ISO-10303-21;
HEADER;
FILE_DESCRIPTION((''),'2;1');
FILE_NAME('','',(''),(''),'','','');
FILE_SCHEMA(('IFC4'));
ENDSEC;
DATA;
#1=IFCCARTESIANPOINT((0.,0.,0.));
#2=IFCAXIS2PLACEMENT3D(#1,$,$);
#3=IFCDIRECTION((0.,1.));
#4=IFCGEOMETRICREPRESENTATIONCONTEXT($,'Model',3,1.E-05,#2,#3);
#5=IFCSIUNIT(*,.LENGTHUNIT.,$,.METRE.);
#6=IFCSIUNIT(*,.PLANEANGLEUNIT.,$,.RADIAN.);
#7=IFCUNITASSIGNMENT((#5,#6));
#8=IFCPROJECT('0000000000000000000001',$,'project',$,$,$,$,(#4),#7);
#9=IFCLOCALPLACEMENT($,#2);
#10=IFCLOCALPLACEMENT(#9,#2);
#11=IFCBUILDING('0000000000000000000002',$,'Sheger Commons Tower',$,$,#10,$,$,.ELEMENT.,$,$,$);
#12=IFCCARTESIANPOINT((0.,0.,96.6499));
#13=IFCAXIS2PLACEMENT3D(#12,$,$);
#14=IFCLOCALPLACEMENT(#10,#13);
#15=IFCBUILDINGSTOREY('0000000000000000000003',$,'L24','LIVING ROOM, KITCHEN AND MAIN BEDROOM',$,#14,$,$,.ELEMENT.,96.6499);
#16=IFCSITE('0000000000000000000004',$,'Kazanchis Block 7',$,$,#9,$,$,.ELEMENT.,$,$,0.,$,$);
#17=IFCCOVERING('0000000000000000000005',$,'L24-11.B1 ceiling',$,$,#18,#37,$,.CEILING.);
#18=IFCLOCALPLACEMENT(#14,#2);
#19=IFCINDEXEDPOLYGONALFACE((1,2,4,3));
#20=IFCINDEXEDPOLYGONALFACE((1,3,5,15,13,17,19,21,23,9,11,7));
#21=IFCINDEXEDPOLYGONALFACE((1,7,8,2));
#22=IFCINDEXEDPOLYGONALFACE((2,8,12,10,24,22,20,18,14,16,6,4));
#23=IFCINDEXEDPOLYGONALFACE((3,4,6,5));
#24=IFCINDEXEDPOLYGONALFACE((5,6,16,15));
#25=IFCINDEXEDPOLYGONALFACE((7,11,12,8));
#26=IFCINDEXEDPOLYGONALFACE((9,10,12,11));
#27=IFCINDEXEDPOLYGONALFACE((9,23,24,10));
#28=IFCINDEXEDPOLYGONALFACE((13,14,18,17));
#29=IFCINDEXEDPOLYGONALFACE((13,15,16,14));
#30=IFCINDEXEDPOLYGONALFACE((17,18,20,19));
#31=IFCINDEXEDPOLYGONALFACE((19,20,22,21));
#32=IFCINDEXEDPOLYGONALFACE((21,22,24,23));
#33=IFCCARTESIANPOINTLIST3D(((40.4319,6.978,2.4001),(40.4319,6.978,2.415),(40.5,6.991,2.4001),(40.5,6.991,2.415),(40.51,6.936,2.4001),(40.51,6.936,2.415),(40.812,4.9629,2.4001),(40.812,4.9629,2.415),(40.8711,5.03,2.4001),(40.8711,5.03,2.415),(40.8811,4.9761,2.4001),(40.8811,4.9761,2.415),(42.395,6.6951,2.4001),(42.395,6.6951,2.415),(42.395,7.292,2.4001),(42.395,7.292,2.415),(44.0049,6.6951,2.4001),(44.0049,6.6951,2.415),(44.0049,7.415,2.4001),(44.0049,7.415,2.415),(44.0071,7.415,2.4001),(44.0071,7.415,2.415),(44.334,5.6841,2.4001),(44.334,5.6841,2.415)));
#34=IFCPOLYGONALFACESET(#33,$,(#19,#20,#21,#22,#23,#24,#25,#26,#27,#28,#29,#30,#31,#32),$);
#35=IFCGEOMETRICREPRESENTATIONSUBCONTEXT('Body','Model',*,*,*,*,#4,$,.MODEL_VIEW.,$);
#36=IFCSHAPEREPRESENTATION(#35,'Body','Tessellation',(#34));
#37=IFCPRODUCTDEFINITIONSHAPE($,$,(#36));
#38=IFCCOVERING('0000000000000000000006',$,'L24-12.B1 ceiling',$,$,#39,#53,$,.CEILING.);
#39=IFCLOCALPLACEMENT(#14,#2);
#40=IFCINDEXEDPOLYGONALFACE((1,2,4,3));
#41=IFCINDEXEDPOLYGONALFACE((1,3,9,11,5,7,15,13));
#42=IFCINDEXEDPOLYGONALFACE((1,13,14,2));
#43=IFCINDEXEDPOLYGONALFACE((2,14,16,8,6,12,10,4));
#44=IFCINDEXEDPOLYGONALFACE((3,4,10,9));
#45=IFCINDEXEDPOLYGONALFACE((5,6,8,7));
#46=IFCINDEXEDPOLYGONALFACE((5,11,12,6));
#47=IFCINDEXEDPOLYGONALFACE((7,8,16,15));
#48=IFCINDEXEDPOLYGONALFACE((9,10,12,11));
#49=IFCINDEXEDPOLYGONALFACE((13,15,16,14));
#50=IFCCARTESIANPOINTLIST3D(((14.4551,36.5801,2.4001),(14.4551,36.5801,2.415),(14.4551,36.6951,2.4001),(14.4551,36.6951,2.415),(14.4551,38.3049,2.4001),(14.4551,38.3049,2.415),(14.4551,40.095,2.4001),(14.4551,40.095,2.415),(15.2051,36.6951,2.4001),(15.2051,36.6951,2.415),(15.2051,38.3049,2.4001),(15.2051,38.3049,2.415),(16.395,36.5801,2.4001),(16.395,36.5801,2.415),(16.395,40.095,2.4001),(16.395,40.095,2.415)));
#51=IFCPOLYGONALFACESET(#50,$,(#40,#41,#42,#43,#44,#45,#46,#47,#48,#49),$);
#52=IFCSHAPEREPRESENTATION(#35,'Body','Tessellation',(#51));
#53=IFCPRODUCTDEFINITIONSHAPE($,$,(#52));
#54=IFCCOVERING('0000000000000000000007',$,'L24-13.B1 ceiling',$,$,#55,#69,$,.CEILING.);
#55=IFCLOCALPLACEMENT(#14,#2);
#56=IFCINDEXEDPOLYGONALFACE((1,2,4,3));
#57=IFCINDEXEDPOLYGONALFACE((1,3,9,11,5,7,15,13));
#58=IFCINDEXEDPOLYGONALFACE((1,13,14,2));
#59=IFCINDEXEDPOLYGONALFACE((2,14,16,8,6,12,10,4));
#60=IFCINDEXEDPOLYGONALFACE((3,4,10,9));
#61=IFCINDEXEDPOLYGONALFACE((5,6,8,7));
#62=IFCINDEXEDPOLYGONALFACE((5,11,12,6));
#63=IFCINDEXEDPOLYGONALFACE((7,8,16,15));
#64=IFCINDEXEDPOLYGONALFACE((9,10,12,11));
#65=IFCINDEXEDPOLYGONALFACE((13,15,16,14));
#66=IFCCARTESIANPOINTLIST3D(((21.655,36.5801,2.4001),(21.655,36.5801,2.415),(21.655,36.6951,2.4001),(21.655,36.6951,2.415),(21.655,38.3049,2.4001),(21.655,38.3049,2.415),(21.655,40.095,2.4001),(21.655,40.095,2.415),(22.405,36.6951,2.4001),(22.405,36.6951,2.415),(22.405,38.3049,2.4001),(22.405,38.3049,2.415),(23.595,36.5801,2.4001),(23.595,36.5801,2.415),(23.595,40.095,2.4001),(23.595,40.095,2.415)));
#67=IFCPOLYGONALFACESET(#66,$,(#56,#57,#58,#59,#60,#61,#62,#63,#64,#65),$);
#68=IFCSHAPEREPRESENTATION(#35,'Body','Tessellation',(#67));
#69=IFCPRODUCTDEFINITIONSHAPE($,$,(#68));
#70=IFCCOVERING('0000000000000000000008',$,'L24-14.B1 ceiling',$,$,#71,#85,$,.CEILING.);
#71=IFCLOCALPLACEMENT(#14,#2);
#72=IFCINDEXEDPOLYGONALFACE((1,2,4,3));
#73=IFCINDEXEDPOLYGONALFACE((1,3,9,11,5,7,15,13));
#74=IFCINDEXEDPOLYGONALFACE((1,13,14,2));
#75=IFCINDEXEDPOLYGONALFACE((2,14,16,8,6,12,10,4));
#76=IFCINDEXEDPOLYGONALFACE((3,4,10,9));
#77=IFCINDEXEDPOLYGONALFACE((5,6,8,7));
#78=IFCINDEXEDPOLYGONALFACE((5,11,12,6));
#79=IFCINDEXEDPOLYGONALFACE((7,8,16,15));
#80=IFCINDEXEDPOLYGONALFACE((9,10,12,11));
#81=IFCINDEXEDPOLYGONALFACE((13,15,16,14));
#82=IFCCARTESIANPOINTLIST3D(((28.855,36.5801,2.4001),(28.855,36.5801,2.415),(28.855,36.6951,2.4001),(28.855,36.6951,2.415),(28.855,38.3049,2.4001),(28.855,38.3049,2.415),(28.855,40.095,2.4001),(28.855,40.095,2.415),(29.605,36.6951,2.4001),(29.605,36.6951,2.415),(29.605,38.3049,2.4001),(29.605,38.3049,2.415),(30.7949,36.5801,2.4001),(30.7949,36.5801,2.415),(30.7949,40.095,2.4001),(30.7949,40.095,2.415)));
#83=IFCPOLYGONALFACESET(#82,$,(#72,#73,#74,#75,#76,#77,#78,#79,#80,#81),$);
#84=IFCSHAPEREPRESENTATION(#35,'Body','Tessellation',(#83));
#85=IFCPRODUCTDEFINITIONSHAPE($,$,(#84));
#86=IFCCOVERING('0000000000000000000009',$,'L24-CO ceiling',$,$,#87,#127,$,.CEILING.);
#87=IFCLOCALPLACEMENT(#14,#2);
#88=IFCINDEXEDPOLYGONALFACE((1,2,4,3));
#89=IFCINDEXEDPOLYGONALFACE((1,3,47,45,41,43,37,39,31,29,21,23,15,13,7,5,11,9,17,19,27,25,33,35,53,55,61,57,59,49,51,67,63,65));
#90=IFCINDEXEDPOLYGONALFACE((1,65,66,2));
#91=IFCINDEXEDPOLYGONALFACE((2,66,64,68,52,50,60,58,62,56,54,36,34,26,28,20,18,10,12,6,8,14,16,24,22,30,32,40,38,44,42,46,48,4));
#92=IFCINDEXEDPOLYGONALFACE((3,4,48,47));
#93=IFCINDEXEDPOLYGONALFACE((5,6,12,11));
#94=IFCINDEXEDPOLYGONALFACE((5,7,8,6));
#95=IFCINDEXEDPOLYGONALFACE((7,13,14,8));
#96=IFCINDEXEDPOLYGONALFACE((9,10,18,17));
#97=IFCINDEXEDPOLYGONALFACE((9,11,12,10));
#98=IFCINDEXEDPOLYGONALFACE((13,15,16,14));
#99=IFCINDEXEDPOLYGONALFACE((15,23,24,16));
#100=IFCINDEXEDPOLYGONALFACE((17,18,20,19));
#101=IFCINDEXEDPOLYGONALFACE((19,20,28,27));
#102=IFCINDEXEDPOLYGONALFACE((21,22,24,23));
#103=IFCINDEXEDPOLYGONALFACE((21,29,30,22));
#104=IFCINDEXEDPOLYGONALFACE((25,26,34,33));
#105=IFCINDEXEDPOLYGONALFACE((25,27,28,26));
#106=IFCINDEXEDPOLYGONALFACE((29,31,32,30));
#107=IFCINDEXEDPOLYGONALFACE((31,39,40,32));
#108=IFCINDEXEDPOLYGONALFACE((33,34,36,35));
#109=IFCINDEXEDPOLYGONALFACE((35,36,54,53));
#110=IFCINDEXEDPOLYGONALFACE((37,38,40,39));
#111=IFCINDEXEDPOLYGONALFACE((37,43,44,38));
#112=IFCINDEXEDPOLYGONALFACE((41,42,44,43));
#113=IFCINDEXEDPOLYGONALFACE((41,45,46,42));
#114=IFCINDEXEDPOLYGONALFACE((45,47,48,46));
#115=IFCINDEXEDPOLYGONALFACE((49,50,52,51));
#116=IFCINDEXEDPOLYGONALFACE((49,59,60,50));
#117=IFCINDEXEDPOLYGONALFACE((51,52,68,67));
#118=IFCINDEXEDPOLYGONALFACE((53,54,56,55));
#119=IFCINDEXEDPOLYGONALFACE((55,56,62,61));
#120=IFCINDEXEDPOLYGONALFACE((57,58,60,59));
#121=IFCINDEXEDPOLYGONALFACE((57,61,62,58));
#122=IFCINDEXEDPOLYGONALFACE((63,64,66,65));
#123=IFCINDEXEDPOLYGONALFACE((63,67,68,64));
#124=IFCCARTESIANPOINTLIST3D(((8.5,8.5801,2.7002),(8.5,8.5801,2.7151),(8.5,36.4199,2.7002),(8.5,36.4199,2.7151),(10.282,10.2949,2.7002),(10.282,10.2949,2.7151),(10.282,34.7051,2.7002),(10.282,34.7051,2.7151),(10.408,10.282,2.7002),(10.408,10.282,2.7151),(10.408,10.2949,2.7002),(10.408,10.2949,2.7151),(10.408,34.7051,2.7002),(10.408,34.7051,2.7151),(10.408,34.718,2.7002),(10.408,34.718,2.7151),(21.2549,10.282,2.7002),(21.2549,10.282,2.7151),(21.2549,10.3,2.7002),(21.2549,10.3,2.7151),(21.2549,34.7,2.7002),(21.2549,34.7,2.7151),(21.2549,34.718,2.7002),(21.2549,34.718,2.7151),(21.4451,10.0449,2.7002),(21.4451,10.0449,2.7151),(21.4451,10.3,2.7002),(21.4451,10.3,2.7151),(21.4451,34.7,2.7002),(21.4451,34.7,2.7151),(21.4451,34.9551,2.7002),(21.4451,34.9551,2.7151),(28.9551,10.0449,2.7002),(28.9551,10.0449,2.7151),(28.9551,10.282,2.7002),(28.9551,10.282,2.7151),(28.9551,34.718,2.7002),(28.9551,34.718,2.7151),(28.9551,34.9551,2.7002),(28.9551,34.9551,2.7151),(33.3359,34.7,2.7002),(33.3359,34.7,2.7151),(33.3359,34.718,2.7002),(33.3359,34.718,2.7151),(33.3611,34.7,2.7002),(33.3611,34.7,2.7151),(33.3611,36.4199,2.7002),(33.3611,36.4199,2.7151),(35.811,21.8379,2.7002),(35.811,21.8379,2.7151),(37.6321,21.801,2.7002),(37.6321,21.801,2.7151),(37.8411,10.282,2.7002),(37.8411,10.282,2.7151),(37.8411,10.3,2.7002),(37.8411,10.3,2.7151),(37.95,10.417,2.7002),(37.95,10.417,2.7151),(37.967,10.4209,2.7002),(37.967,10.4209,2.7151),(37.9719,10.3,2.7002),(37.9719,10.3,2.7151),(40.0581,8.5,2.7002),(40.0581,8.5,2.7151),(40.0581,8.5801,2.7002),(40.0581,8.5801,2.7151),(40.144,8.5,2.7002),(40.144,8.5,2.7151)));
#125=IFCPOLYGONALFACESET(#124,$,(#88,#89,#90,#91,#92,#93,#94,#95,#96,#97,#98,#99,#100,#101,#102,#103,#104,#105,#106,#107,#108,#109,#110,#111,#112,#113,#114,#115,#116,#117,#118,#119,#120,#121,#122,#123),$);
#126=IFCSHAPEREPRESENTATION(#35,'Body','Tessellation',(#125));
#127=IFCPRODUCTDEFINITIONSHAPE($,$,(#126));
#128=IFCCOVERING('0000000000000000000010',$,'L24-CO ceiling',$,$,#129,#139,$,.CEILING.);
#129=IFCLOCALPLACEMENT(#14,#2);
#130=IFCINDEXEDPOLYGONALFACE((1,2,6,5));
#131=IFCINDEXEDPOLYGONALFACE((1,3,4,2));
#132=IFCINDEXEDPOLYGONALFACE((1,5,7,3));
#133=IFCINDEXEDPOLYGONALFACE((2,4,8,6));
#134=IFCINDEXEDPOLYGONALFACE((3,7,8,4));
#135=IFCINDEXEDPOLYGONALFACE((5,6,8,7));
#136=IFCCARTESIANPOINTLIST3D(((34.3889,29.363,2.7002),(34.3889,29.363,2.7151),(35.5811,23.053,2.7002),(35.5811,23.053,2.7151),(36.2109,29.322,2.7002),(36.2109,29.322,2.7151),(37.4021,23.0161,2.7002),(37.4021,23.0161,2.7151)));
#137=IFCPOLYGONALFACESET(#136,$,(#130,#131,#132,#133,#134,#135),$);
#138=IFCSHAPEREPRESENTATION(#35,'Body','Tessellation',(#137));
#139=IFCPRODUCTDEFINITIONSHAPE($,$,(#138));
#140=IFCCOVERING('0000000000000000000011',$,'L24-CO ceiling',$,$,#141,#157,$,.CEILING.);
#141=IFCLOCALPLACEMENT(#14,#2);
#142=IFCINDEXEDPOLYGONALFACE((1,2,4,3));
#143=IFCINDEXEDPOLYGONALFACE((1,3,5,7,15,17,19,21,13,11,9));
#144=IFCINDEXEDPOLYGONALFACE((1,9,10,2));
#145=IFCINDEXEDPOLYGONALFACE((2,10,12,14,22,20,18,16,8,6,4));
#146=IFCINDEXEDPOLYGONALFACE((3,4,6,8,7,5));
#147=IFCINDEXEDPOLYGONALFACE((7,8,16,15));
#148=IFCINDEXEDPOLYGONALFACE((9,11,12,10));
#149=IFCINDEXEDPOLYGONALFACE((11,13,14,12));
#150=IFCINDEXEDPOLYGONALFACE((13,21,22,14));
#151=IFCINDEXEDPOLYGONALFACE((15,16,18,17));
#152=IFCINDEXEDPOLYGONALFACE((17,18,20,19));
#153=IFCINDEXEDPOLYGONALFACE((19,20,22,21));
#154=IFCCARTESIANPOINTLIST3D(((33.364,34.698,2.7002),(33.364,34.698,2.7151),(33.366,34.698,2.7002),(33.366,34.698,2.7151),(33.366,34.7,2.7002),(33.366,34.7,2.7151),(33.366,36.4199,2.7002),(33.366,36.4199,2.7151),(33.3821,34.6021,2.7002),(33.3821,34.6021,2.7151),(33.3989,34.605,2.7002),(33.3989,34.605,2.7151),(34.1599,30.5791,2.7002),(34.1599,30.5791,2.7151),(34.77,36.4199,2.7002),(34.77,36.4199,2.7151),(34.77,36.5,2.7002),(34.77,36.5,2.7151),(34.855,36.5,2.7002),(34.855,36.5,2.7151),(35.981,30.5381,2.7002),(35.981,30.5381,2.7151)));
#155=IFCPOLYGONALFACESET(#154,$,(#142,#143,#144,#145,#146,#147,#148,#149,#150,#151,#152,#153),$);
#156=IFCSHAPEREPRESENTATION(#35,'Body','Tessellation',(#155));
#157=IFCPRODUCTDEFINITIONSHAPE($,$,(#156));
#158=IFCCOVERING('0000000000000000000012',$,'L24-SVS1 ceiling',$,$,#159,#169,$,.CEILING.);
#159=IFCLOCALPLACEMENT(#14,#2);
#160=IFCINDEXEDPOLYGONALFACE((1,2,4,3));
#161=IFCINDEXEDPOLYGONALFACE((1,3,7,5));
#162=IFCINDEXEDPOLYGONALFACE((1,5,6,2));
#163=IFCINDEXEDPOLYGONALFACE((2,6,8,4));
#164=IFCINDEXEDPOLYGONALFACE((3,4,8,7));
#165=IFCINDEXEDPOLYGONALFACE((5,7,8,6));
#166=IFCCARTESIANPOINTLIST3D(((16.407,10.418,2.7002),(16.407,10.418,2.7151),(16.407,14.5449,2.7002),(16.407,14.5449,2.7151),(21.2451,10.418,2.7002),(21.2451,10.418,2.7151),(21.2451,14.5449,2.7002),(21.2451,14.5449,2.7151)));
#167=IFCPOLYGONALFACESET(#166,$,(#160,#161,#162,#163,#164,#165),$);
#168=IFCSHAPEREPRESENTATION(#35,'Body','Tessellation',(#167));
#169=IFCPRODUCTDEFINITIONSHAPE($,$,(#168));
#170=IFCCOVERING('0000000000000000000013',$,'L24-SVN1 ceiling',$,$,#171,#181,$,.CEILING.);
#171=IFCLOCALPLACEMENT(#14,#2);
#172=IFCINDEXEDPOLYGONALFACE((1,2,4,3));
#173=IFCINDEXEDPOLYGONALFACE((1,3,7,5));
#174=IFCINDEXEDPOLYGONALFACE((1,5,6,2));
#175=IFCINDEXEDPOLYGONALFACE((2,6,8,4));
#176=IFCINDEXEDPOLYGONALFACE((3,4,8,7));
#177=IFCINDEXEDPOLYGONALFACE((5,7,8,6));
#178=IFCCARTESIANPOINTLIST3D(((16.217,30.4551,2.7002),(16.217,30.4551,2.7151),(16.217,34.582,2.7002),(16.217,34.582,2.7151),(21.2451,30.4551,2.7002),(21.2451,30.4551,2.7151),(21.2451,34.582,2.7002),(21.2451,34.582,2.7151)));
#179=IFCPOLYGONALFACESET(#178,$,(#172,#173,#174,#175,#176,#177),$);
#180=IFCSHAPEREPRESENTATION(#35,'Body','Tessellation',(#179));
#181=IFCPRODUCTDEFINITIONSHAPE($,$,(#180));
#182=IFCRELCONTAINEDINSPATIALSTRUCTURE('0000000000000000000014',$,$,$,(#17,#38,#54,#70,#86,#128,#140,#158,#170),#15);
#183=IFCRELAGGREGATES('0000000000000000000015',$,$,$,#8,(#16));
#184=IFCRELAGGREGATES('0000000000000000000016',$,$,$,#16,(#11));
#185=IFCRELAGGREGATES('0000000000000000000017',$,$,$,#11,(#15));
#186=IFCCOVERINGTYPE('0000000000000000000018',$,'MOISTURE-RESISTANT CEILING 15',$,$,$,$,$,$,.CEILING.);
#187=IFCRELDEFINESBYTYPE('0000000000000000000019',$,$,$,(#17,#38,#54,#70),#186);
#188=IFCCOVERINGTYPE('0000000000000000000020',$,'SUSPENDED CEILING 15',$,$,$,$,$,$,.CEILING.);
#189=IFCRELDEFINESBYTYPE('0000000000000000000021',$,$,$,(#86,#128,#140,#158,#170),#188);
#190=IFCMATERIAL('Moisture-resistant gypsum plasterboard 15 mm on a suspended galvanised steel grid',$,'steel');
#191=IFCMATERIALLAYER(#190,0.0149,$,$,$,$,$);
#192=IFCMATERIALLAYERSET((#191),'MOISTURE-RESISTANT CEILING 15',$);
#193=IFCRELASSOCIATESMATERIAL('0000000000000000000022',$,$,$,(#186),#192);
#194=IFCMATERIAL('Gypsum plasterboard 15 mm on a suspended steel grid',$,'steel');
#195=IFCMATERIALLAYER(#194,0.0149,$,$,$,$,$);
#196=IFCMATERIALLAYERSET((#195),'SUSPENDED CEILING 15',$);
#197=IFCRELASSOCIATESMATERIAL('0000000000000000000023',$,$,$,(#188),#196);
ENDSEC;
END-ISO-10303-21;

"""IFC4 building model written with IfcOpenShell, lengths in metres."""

from ifc_helpers import new_model, si_unit, direction, frame, origin, place, context, subcontext, project, spatial, polyline, outline, extrude, material, layer, layer_set, type_object, element, save


model = new_model("IFC4")

# Units and contexts
model_context = context("Model", 3, precision=1e-05, world=origin(), true_north=direction((0.0, 1.0)))
body_context = subcontext(model_context, "Body", "Model", "MODEL_VIEW")
ifc_project = project(units=[si_unit("LENGTHUNIT", "METRE"), si_unit("PLANEANGLEUNIT", "RADIAN")], contexts=[model_context])

# Site, building, storey
site_placement = place(None, origin())
site = spatial("IfcSite", under=ifc_project, at=site_placement, Name="Kazanchis Block 7", CompositionType="ELEMENT", RefElevation=0.0)
building_placement = place(site_placement, origin())
building = spatial("IfcBuilding", under=site, at=building_placement, Name="Sheger Commons Tower", CompositionType="ELEMENT")
storey_placement = place(building_placement, frame((0.0, 0.0, 96.6499)))
storey = spatial("IfcBuildingStorey", under=building, at=storey_placement, Name="L24", Description="LIVING ROOM, KITCHEN AND MAIN BEDROOM", CompositionType="ELEMENT", Elevation=96.6499)

# Coverings
ifc_material_1 = material(Name="Moisture-resistant gypsum plasterboard 15 mm on a suspended galvanised steel grid", Category="steel")
ifc_layer_1 = layer(ifc_material_1, 0.0149)
ifc_layer_set_1 = layer_set([ifc_layer_1], Name="MOISTURE-RESISTANT CEILING 15")
covering_type_1 = type_object("IfcCoveringType", Name="MOISTURE-RESISTANT CEILING 15", PredefinedType="CEILING", material=ifc_layer_set_1)
covering_1_placement = place(storey_placement, frame((0.0, 0.0, 2.4001)))
element("IfcCovering", 1, at=covering_1_placement, inside=storey, type_object=covering_type_1, Name="L24-11.B1 ceiling", PredefinedType="CEILING", context=body_context, shape_type="SweptSolid", body=[
    extrude(outline(polyline([(40.812, 4.9629), (40.8811, 4.9761), (40.8711, 5.03), (44.334, 5.6841), (44.0071, 7.415), (44.0049, 7.415), (44.0049, 6.6951), (42.395, 6.6951), (42.395, 7.292), (40.51, 6.936), (40.5, 6.991), (40.4319, 6.978), (40.812, 4.9629)])), origin(), (0.0, 0.0, 1.0), 0.0149),
])
covering_2_placement = place(storey_placement, frame((0.0, 0.0, 2.4001)))
element("IfcCovering", 2, at=covering_2_placement, inside=storey, type_object=covering_type_1, Name="L24-12.B1 ceiling", PredefinedType="CEILING", context=body_context, shape_type="SweptSolid", body=[
    extrude(outline(polyline([(14.4551, 36.5801), (16.395, 36.5801), (16.395, 40.095), (14.4551, 40.095), (14.4551, 38.3049), (15.2051, 38.3049), (15.2051, 36.6951), (14.4551, 36.6951), (14.4551, 36.5801)])), origin(), (0.0, 0.0, 1.0), 0.0149),
])
covering_3_placement = place(storey_placement, frame((0.0, 0.0, 2.4001)))
element("IfcCovering", 3, at=covering_3_placement, inside=storey, type_object=covering_type_1, Name="L24-13.B1 ceiling", PredefinedType="CEILING", context=body_context, shape_type="SweptSolid", body=[
    extrude(outline(polyline([(21.655, 36.5801), (23.595, 36.5801), (23.595, 40.095), (21.655, 40.095), (21.655, 38.3049), (22.405, 38.3049), (22.405, 36.6951), (21.655, 36.6951), (21.655, 36.5801)])), origin(), (0.0, 0.0, 1.0), 0.0149),
])
covering_4_placement = place(storey_placement, frame((0.0, 0.0, 2.4001)))
element("IfcCovering", 4, at=covering_4_placement, inside=storey, type_object=covering_type_1, Name="L24-14.B1 ceiling", PredefinedType="CEILING", context=body_context, shape_type="SweptSolid", body=[
    extrude(outline(polyline([(28.855, 36.5801), (30.7949, 36.5801), (30.7949, 40.095), (28.855, 40.095), (28.855, 38.3049), (29.605, 38.3049), (29.605, 36.6951), (28.855, 36.6951), (28.855, 36.5801)])), origin(), (0.0, 0.0, 1.0), 0.0149),
])
ifc_material_2 = material(Name="Gypsum plasterboard 15 mm on a suspended steel grid", Category="steel")
ifc_layer_2 = layer(ifc_material_2, 0.0149)
ifc_layer_set_2 = layer_set([ifc_layer_2], Name="SUSPENDED CEILING 15")
covering_type_2 = type_object("IfcCoveringType", Name="SUSPENDED CEILING 15", PredefinedType="CEILING", material=ifc_layer_set_2)
covering_5_placement = place(storey_placement, frame((0.0, 0.0, 2.7002)))
element("IfcCovering", 5, at=covering_5_placement, inside=storey, type_object=covering_type_2, Name="L24-CO ceiling", PredefinedType="CEILING", context=body_context, shape_type="SweptSolid", body=[
    extrude(outline(polyline([(40.0581, 8.5), (40.144, 8.5), (37.6321, 21.801), (35.811, 21.8379), (37.967, 10.4209), (37.95, 10.417), (37.9719, 10.3), (37.8411, 10.3), (37.8411, 10.282), (28.9551, 10.282), (28.9551, 10.0449), (21.4451, 10.0449), (21.4451, 10.3), (21.2549, 10.3), (21.2549, 10.282), (10.408, 10.282), (10.408, 10.2949), (10.282, 10.2949), (10.282, 34.7051), (10.408, 34.7051), (10.408, 34.718), (21.2549, 34.718), (21.2549, 34.7), (21.4451, 34.7), (21.4451, 34.9551), (28.9551, 34.9551), (28.9551, 34.718), (33.3359, 34.718), (33.3359, 34.7), (33.3611, 34.7), (33.3611, 36.4199), (8.5, 36.4199), (8.5, 8.5801), (40.0581, 8.5801), (40.0581, 8.5)])), origin(), (0.0, 0.0, 1.0), 0.0149),
])
covering_6_placement = place(storey_placement, frame((0.0, 0.0, 2.7002)))
element("IfcCovering", 6, at=covering_6_placement, inside=storey, type_object=covering_type_2, Name="L24-CO ceiling", PredefinedType="CEILING", context=body_context, shape_type="SweptSolid", body=[
    extrude(outline(polyline([(37.4021, 23.0161), (36.2109, 29.322), (34.3889, 29.363), (35.5811, 23.053), (37.4021, 23.0161)])), origin(), (0.0, 0.0, 1.0), 0.0149),
])
covering_7_placement = place(storey_placement, frame((0.0, 0.0, 2.7002)))
element("IfcCovering", 7, at=covering_7_placement, inside=storey, type_object=covering_type_2, Name="L24-CO ceiling", PredefinedType="CEILING", context=body_context, shape_type="SweptSolid", body=[
    extrude(outline(polyline([(35.981, 30.5381), (34.855, 36.5), (34.77, 36.5), (34.77, 36.4199), (33.366, 36.4199), (33.366, 34.7), (33.366, 34.698), (33.364, 34.698), (33.3821, 34.6021), (33.3989, 34.605), (34.1599, 30.5791), (35.981, 30.5381)])), origin(), (0.0, 0.0, 1.0), 0.0149),
])
covering_8_placement = place(storey_placement, frame((0.0, 0.0, 2.7002)))
element("IfcCovering", 8, at=covering_8_placement, inside=storey, type_object=covering_type_2, Name="L24-SVS1 ceiling", PredefinedType="CEILING", context=body_context, shape_type="SweptSolid", body=[
    extrude(outline(polyline([(16.407, 10.418), (21.2451, 10.418), (21.2451, 14.5449), (16.407, 14.5449), (16.407, 10.418)])), origin(), (0.0, 0.0, 1.0), 0.0149),
])
covering_9_placement = place(storey_placement, frame((0.0, 0.0, 2.7002)))
element("IfcCovering", 9, at=covering_9_placement, inside=storey, type_object=covering_type_2, Name="L24-SVN1 ceiling", PredefinedType="CEILING", context=body_context, shape_type="SweptSolid", body=[
    extrude(outline(polyline([(16.217, 30.4551), (21.2451, 30.4551), (21.2451, 34.582), (16.217, 34.582), (16.217, 30.4551)])), origin(), (0.0, 0.0, 1.0), 0.0149),
])

save(model, "model.ifc")
